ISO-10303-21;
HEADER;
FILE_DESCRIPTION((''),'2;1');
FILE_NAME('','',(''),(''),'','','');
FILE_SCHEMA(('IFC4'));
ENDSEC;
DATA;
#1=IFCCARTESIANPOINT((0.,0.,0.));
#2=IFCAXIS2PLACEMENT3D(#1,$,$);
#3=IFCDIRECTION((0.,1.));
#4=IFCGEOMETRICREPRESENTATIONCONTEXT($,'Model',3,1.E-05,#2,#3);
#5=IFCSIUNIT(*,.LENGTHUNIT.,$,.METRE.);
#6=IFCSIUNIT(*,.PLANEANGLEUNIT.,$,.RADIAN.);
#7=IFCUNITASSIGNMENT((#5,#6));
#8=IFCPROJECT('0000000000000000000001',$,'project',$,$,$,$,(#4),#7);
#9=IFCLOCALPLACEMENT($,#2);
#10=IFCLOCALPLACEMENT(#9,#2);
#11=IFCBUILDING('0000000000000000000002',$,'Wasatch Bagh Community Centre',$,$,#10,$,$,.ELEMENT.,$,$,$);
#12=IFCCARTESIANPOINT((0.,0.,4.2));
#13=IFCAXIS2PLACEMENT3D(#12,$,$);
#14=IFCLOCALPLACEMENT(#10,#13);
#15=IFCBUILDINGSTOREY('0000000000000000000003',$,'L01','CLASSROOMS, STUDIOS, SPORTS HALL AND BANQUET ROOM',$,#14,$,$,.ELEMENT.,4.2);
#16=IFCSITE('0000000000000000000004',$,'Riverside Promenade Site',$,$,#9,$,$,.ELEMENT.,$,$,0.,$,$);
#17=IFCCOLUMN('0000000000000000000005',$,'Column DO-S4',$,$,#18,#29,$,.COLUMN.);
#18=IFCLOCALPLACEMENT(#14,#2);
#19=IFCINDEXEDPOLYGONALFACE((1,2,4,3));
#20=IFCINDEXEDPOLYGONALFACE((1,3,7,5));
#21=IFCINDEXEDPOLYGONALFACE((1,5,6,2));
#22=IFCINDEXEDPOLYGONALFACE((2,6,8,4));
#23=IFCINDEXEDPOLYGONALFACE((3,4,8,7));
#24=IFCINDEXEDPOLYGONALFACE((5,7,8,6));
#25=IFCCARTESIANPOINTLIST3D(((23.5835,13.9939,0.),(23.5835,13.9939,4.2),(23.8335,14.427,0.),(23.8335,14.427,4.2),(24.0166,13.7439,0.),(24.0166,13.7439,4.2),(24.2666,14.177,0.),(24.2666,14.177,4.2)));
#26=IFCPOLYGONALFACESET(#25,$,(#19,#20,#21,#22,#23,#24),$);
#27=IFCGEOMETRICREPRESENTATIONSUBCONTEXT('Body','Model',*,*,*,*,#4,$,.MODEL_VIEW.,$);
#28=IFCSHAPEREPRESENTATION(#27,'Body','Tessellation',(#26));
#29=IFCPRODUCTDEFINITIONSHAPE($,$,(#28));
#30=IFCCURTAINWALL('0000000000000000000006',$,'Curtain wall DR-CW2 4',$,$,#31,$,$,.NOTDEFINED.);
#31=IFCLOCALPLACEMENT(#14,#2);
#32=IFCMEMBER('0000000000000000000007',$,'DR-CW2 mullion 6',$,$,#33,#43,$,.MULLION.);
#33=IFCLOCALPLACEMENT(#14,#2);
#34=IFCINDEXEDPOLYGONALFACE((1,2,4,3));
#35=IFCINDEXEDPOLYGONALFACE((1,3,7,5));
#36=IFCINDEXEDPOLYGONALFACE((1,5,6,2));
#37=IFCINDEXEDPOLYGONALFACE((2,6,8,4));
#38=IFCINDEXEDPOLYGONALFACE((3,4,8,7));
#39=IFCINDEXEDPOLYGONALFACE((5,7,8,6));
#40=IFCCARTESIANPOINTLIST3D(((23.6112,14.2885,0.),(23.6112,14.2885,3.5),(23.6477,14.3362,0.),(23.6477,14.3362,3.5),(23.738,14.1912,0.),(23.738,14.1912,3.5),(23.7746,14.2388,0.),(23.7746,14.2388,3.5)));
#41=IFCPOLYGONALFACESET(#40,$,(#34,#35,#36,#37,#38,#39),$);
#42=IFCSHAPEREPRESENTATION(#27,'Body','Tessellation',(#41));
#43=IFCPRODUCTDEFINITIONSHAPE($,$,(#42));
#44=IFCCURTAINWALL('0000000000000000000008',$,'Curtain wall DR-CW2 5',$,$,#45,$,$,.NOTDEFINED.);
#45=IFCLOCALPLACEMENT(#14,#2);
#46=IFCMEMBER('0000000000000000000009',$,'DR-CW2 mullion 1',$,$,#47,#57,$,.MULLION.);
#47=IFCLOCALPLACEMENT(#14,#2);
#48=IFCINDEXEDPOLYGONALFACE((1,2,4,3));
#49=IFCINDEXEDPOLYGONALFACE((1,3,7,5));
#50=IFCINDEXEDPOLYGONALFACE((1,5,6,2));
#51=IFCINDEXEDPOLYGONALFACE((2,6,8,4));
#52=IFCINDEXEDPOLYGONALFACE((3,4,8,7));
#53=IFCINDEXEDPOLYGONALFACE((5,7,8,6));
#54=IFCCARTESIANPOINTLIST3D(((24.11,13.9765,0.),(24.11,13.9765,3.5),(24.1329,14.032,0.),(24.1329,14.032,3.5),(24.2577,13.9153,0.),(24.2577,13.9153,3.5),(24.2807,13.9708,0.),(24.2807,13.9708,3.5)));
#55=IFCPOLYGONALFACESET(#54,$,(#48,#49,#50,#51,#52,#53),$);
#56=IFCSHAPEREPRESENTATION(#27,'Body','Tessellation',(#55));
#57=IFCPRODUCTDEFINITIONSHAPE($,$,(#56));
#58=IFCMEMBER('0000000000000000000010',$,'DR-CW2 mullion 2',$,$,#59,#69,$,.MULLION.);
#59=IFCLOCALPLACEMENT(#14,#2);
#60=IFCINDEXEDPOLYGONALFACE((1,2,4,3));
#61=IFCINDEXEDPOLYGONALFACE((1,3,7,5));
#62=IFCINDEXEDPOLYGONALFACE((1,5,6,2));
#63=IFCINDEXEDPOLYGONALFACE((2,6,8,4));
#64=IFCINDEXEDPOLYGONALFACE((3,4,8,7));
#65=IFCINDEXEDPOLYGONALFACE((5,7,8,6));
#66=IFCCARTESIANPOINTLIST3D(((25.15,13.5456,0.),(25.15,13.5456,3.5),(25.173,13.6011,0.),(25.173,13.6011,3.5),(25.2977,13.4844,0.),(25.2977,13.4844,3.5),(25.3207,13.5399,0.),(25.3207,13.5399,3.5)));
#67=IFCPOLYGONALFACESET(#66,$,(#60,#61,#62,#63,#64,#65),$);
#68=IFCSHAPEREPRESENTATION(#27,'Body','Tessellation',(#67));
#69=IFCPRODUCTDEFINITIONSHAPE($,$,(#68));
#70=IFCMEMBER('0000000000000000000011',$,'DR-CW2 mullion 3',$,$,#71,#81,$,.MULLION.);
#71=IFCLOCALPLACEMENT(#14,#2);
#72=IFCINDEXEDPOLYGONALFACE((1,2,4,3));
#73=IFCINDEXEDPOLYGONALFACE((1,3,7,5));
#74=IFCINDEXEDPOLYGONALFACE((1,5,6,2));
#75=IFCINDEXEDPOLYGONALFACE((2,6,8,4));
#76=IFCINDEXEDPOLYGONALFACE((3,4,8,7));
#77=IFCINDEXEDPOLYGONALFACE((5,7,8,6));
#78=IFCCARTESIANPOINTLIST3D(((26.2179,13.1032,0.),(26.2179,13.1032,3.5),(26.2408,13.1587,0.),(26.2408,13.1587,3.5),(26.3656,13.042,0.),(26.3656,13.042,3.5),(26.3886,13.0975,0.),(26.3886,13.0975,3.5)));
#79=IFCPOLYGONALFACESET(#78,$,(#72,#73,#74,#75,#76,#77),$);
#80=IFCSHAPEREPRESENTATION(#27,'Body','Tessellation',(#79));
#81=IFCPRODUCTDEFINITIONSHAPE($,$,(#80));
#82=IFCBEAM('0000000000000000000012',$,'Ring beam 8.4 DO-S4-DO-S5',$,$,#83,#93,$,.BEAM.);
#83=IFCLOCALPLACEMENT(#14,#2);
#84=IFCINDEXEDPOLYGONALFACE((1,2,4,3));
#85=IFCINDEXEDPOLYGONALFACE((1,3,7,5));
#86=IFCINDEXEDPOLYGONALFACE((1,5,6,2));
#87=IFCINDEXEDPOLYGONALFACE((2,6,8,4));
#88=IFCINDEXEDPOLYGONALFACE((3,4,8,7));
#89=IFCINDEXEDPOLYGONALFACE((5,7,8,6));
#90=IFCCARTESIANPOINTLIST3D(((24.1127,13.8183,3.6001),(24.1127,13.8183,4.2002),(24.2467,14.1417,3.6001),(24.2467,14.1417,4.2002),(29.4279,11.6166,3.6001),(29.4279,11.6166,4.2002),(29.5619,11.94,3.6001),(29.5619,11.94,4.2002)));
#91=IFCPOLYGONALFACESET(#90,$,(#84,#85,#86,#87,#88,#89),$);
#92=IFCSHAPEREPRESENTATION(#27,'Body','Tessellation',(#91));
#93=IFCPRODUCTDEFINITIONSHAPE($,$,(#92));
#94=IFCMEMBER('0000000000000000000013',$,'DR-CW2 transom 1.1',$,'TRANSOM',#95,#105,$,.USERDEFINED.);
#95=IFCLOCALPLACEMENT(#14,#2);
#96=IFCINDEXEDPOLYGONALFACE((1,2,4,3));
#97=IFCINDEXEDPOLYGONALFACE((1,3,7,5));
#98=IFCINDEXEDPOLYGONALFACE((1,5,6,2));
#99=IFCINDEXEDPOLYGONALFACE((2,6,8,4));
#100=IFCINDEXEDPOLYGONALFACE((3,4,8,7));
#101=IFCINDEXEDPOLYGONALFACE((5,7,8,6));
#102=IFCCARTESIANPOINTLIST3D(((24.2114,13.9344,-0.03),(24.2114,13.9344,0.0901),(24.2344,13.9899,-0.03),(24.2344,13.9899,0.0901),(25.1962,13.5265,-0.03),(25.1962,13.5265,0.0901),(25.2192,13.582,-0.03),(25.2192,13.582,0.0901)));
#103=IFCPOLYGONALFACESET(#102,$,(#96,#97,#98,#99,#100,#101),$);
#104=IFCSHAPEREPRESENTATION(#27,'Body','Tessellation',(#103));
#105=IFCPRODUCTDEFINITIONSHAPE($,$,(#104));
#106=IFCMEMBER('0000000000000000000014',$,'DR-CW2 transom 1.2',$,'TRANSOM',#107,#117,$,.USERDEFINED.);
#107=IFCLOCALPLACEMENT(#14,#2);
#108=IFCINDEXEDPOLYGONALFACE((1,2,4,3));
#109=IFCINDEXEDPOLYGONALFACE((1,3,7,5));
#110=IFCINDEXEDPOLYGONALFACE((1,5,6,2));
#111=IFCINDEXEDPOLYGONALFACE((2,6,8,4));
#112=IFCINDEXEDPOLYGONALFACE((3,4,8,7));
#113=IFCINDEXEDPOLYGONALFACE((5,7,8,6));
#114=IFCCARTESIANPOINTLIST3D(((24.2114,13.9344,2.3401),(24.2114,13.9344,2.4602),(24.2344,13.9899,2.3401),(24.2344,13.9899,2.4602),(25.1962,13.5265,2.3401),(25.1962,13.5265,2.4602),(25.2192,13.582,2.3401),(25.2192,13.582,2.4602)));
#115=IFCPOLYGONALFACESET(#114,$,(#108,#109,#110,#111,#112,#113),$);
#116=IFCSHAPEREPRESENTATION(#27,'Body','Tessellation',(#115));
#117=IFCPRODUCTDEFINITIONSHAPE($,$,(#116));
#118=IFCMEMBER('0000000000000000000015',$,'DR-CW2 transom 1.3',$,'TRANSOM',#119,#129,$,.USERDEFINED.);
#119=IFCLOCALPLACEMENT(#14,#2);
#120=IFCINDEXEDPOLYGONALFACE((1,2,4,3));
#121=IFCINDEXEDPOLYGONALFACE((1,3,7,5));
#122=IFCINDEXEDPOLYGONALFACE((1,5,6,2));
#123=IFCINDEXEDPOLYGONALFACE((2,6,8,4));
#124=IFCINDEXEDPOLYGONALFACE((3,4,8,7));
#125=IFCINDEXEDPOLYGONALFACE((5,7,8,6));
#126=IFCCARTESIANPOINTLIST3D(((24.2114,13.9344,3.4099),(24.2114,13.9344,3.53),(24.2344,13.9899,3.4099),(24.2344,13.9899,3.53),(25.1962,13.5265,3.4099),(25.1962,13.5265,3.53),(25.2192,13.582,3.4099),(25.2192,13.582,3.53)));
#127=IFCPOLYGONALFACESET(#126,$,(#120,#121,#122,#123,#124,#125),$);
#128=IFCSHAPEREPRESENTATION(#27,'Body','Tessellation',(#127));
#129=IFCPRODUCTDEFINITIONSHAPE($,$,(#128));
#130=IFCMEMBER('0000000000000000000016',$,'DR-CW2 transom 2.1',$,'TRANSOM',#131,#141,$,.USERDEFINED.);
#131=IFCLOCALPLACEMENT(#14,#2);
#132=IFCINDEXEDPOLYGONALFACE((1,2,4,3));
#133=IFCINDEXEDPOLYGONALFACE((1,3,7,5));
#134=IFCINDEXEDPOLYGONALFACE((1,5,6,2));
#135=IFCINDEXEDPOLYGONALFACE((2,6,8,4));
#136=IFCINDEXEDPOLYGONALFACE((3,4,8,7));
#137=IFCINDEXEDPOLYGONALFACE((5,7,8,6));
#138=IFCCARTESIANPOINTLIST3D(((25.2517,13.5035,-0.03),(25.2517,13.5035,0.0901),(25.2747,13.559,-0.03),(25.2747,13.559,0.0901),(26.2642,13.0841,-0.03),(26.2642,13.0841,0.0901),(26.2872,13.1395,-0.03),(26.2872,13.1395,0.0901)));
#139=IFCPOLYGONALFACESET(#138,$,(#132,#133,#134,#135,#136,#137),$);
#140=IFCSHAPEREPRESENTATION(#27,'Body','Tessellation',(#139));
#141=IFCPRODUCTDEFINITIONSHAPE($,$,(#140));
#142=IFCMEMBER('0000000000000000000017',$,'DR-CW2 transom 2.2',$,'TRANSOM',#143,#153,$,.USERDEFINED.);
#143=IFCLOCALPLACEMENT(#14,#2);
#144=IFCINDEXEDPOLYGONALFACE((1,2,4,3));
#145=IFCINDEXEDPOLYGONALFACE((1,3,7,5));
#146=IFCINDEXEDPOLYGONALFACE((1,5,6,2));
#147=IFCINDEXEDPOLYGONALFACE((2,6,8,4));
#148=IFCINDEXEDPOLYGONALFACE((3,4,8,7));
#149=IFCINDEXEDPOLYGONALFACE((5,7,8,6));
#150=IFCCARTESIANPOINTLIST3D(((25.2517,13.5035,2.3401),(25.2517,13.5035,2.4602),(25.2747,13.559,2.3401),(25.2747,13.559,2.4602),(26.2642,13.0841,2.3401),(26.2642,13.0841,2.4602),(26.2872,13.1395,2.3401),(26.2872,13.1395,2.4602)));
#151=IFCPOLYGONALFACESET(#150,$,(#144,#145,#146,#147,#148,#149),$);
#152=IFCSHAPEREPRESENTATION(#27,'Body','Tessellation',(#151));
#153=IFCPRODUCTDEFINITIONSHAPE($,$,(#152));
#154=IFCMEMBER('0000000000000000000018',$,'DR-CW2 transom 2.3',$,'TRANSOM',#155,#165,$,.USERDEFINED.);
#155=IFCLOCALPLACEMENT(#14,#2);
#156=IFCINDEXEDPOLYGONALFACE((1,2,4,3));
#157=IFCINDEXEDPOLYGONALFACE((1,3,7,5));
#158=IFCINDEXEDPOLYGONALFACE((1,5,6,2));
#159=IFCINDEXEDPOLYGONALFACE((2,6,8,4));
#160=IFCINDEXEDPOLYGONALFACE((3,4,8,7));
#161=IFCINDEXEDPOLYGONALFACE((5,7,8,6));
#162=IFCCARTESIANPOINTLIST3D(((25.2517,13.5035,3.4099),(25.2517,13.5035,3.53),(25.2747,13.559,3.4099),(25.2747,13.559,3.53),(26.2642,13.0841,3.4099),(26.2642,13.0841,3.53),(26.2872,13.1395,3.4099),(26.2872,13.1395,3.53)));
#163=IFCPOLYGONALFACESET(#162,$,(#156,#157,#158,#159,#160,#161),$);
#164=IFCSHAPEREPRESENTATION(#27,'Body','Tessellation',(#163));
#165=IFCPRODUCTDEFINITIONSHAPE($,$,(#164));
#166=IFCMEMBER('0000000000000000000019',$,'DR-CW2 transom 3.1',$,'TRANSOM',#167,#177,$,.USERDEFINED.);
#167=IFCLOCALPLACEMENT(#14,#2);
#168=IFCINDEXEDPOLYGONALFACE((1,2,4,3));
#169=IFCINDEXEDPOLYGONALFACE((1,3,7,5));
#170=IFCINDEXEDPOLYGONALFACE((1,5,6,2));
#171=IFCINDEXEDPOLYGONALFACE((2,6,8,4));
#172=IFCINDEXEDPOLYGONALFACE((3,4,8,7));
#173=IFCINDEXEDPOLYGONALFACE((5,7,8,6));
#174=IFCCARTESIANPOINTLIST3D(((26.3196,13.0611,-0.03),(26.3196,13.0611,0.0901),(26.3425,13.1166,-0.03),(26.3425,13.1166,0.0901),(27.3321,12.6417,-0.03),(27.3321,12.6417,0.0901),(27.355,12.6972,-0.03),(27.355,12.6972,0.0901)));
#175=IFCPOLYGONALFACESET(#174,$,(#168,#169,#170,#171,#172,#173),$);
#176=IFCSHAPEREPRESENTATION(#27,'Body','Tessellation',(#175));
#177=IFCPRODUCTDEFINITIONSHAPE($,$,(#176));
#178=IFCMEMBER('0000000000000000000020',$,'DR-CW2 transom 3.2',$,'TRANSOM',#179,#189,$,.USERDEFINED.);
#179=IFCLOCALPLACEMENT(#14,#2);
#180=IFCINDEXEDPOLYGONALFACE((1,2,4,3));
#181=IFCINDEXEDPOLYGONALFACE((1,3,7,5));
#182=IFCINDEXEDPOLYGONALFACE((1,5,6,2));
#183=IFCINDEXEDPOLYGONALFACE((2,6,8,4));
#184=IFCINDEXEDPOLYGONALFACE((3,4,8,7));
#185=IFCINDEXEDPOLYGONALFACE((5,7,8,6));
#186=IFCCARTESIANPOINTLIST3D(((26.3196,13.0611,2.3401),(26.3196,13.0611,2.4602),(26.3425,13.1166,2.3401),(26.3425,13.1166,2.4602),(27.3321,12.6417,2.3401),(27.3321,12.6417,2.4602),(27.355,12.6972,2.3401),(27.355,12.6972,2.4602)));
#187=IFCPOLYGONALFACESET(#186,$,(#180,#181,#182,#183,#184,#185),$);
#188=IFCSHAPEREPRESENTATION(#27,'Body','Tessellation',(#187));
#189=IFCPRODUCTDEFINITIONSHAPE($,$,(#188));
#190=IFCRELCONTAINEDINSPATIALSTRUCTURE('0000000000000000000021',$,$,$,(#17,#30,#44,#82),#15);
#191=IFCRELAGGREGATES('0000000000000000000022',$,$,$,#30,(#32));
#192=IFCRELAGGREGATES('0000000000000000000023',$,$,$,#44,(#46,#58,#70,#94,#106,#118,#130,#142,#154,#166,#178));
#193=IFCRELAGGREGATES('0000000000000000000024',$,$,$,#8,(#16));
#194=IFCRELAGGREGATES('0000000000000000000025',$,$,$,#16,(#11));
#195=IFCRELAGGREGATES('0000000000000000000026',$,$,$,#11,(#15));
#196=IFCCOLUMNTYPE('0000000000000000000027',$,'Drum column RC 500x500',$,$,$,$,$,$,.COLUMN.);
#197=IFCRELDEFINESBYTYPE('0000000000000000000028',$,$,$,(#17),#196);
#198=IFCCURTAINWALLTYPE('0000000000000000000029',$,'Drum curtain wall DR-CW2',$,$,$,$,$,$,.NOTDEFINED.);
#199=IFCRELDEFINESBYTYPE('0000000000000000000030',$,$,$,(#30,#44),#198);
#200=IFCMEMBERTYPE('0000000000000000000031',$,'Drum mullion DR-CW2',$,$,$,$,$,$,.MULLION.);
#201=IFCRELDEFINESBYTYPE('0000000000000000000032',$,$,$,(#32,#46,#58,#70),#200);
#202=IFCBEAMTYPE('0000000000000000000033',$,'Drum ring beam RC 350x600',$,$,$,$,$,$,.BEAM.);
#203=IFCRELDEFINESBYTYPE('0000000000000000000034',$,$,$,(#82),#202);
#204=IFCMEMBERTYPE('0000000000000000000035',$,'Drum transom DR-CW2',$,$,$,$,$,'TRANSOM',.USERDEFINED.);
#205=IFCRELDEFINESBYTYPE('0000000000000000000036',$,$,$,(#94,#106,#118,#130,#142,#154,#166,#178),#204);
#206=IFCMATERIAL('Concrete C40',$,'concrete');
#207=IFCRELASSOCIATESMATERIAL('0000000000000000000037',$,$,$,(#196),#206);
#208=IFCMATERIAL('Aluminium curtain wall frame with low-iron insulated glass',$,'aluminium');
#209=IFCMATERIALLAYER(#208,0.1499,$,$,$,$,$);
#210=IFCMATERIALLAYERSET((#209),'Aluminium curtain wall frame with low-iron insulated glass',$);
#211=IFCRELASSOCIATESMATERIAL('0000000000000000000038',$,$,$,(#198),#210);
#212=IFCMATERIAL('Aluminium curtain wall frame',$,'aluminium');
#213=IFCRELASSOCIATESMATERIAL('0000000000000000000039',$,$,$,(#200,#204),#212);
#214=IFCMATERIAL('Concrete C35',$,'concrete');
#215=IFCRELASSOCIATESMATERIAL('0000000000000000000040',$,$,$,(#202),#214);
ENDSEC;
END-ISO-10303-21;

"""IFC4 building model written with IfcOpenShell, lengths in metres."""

from ifc_helpers import new_model, si_unit, direction, frame, origin, origin_2d, place, context, subcontext, project, spatial, rectangle, extrude, material, layer, layer_set, material_profile, profile_set, type_object, element, aggregate, save


model = new_model("IFC4")

# Units and contexts
model_context = context("Model", 3, precision=1e-05, world=origin(), true_north=direction((0.0, 1.0)))
body_context = subcontext(model_context, "Body", "Model", "MODEL_VIEW")
ifc_project = project(units=[si_unit("LENGTHUNIT", "METRE"), si_unit("PLANEANGLEUNIT", "RADIAN")], contexts=[model_context])

# Site, building, storey
site_placement = place(None, origin())
site = spatial("IfcSite", under=ifc_project, at=site_placement, Name="Riverside Promenade Site", CompositionType="ELEMENT", RefElevation=0.0)
building_placement = place(site_placement, origin())
building = spatial("IfcBuilding", under=site, at=building_placement, Name="Wasatch Bagh Community Centre", CompositionType="ELEMENT")
storey_placement = place(building_placement, frame((0.0, 0.0, 4.2)))
storey = spatial("IfcBuildingStorey", under=building, at=storey_placement, Name="L01", Description="CLASSROOMS, STUDIOS, SPORTS HALL AND BANQUET ROOM", CompositionType="ELEMENT", Elevation=4.2)

# Column
ifc_material_1 = material(Name="Concrete C40", Category="concrete")
ifc_material_profile_1 = material_profile(ifc_material_1, rectangle(XDim=0.5, YDim=0.5, at=origin_2d()), Name="RC 500x500")
ifc_profile_set_1 = profile_set([ifc_material_profile_1], Name="Concrete C40")
column_type = type_object("IfcColumnType", Name="Drum column RC 500x500", PredefinedType="COLUMN", material=ifc_profile_set_1)
column_placement = place(storey_placement, frame((23.925, 14.0854, 0.0), z_axis=(0.0, 0.0, 1.0), x_axis=(0.5, 0.866025, 0.0)))
element("IfcColumn", 1, at=column_placement, inside=storey, type_object=column_type, Name="Column DO-S4", PredefinedType="COLUMN", context=body_context, shape_type="SweptSolid", body=[
    extrude(rectangle(XDim=0.5, YDim=0.5, at=origin_2d()), origin(), (0.0, 0.0, 1.0), 4.2),
])

# Curtain wall, member
ifc_material_2 = material(Name="Aluminium curtain wall frame with low-iron insulated glass", Category="aluminium")
ifc_layer_1 = layer(ifc_material_2, 0.1499)
ifc_layer_set_1 = layer_set([ifc_layer_1], Name="Aluminium curtain wall frame with low-iron insulated glass")
curtain_wall_type = type_object("IfcCurtainWallType", Name="Drum curtain wall DR-CW2", PredefinedType="NOTDEFINED", material=ifc_layer_set_1)
curtain_wall_1_placement = place(storey_placement, origin())
curtain_wall_1 = element("IfcCurtainWall", 2, at=curtain_wall_1_placement, inside=storey, type_object=curtain_wall_type, Name="Curtain wall DR-CW2 4", PredefinedType="NOTDEFINED")
ifc_material_3 = material(Name="Aluminium curtain wall frame", Category="aluminium")
ifc_material_profile_2 = material_profile(ifc_material_3, rectangle(XDim=0.0601, YDim=0.1599, at=origin_2d()), Name="Drum mullion DR-CW2")
ifc_profile_set_2 = profile_set([ifc_material_profile_2], Name="Aluminium curtain wall frame")
member_type_1 = type_object("IfcMemberType", Name="Drum mullion DR-CW2", PredefinedType="MULLION", material=ifc_profile_set_2)
member_1_placement = place(storey_placement, frame((23.6929, 14.2637, 0.0), z_axis=(0.0, 0.0, 1.0), x_axis=(0.608761, 0.793353, 0.0)))
member_1 = element("IfcMember", 3, at=member_1_placement, type_object=member_type_1, Name="DR-CW2 mullion 6", PredefinedType="MULLION", context=body_context, shape_type="SweptSolid", body=[
    extrude(rectangle(XDim=0.0601, YDim=0.1599, at=origin_2d()), origin(), (0.0, 0.0, 1.0), 3.5),
])

# Curtain wall, members
curtain_wall_2_placement = place(storey_placement, origin())
curtain_wall_2 = element("IfcCurtainWall", 4, at=curtain_wall_2_placement, inside=storey, type_object=curtain_wall_type, Name="Curtain wall DR-CW2 5", PredefinedType="NOTDEFINED")
member_2_placement = place(storey_placement, frame((24.1953, 13.9736, 0.0), z_axis=(0.0, 0.0, 1.0), x_axis=(0.382683, 0.92388, 0.0)))
member_2 = element("IfcMember", 5, at=member_2_placement, type_object=member_type_1, Name="DR-CW2 mullion 1", PredefinedType="MULLION", context=body_context, shape_type="SweptSolid", body=[
    extrude(rectangle(XDim=0.0601, YDim=0.1599, at=origin_2d()), origin(), (0.0, 0.0, 1.0), 3.5),
])
member_3_placement = place(storey_placement, frame((25.2354, 13.5427, 0.0), z_axis=(0.0, 0.0, 1.0), x_axis=(0.382683, 0.92388, 0.0)))
member_3 = element("IfcMember", 6, at=member_3_placement, type_object=member_type_1, Name="DR-CW2 mullion 2", PredefinedType="MULLION", context=body_context, shape_type="SweptSolid", body=[
    extrude(rectangle(XDim=0.0601, YDim=0.1599, at=origin_2d()), origin(), (0.0, 0.0, 1.0), 3.5),
])
member_4_placement = place(storey_placement, frame((26.3032, 13.1003, 0.0), z_axis=(0.0, 0.0, 1.0), x_axis=(0.382683, 0.92388, 0.0)))
member_4 = element("IfcMember", 7, at=member_4_placement, type_object=member_type_1, Name="DR-CW2 mullion 3", PredefinedType="MULLION", context=body_context, shape_type="SweptSolid", body=[
    extrude(rectangle(XDim=0.0601, YDim=0.1599, at=origin_2d()), origin(), (0.0, 0.0, 1.0), 3.5),
])

# Beam
ifc_material_4 = material(Name="Concrete C35", Category="concrete")
ifc_material_profile_3 = material_profile(ifc_material_4, rectangle(XDim=0.3501, YDim=0.6001, at=origin_2d()), Name="RC 350x600")
ifc_profile_set_3 = profile_set([ifc_material_profile_3], Name="Concrete C35")
beam_type = type_object("IfcBeamType", Name="Drum ring beam RC 350x600", PredefinedType="BEAM", material=ifc_profile_set_3)
beam_placement = place(storey_placement, frame((24.1797, 13.98, 3.9001), z_axis=(0.923877, -0.382689, 0.0), x_axis=(0.382689, 0.923877, 0.0)))
element("IfcBeam", 8, at=beam_placement, inside=storey, type_object=beam_type, Name="Ring beam 8.4 DO-S4-DO-S5", PredefinedType="BEAM", context=body_context, shape_type="SweptSolid", body=[
    extrude(rectangle(XDim=0.3501, YDim=0.6001, at=origin_2d()), origin(), (0.0, 0.0, 1.0), 5.7532),
])

# Members
ifc_material_profile_4 = material_profile(ifc_material_3, rectangle(XDim=0.0601, YDim=0.1201, at=origin_2d()), Name="Drum transom DR-CW2")
ifc_profile_set_4 = profile_set([ifc_material_profile_4], Name="Aluminium curtain wall frame")
member_type_2 = type_object("IfcMemberType", Name="Drum transom DR-CW2", ElementType="TRANSOM", PredefinedType="USERDEFINED", material=ifc_profile_set_4)
member_5_placement = place(storey_placement, frame((24.2229, 13.9622, 0.03), z_axis=(0.923874, -0.382696, 0.0), x_axis=(0.382696, 0.923874, 0.0)))
member_5 = element("IfcMember", 9, at=member_5_placement, type_object=member_type_2, Name="DR-CW2 transom 1.1", ObjectType="TRANSOM", PredefinedType="USERDEFINED", context=body_context, shape_type="SweptSolid", body=[
    extrude(rectangle(XDim=0.0601, YDim=0.1201, at=origin_2d()), origin(), (0.0, 0.0, 1.0), 1.0659),
])
member_6_placement = place(storey_placement, frame((24.2229, 13.9622, 2.4001), z_axis=(0.923874, -0.382696, 0.0), x_axis=(0.382696, 0.923874, 0.0)))
member_6 = element("IfcMember", 10, at=member_6_placement, type_object=member_type_2, Name="DR-CW2 transom 1.2", ObjectType="TRANSOM", PredefinedType="USERDEFINED", context=body_context, shape_type="SweptSolid", body=[
    extrude(rectangle(XDim=0.0601, YDim=0.1201, at=origin_2d()), origin(), (0.0, 0.0, 1.0), 1.0659),
])
member_7_placement = place(storey_placement, frame((24.2229, 13.9622, 3.47), z_axis=(0.923874, -0.382696, 0.0), x_axis=(0.382696, 0.923874, 0.0)))
member_7 = element("IfcMember", 11, at=member_7_placement, type_object=member_type_2, Name="DR-CW2 transom 1.3", ObjectType="TRANSOM", PredefinedType="USERDEFINED", context=body_context, shape_type="SweptSolid", body=[
    extrude(rectangle(XDim=0.0601, YDim=0.1201, at=origin_2d()), origin(), (0.0, 0.0, 1.0), 1.0659),
])
member_8_placement = place(storey_placement, frame((25.2632, 13.5312, 0.03), z_axis=(0.923859, -0.382732, 0.0), x_axis=(0.382732, 0.923859, 0.0)))
member_8 = element("IfcMember", 12, at=member_8_placement, type_object=member_type_2, Name="DR-CW2 transom 2.1", ObjectType="TRANSOM", PredefinedType="USERDEFINED", context=body_context, shape_type="SweptSolid", body=[
    extrude(rectangle(XDim=0.0601, YDim=0.1201, at=origin_2d()), origin(), (0.0, 0.0, 1.0), 1.0959),
])
member_9_placement = place(storey_placement, frame((25.2632, 13.5312, 2.4001), z_axis=(0.923859, -0.382732, 0.0), x_axis=(0.382732, 0.923859, 0.0)))
member_9 = element("IfcMember", 13, at=member_9_placement, type_object=member_type_2, Name="DR-CW2 transom 2.2", ObjectType="TRANSOM", PredefinedType="USERDEFINED", context=body_context, shape_type="SweptSolid", body=[
    extrude(rectangle(XDim=0.0601, YDim=0.1201, at=origin_2d()), origin(), (0.0, 0.0, 1.0), 1.0959),
])
member_10_placement = place(storey_placement, frame((25.2632, 13.5312, 3.47), z_axis=(0.923859, -0.382732, 0.0), x_axis=(0.382732, 0.923859, 0.0)))
member_10 = element("IfcMember", 14, at=member_10_placement, type_object=member_type_2, Name="DR-CW2 transom 2.3", ObjectType="TRANSOM", PredefinedType="USERDEFINED", context=body_context, shape_type="SweptSolid", body=[
    extrude(rectangle(XDim=0.0601, YDim=0.1201, at=origin_2d()), origin(), (0.0, 0.0, 1.0), 1.0959),
])
member_11_placement = place(storey_placement, frame((26.3311, 13.0889, 0.03), z_axis=(0.923859, -0.382732, 0.0), x_axis=(0.382732, 0.923859, 0.0)))
member_11 = element("IfcMember", 15, at=member_11_placement, type_object=member_type_2, Name="DR-CW2 transom 3.1", ObjectType="TRANSOM", PredefinedType="USERDEFINED", context=body_context, shape_type="SweptSolid", body=[
    extrude(rectangle(XDim=0.0601, YDim=0.1201, at=origin_2d()), origin(), (0.0, 0.0, 1.0), 1.0959),
])
member_12_placement = place(storey_placement, frame((26.3311, 13.0889, 2.4001), z_axis=(0.923859, -0.382732, 0.0), x_axis=(0.382732, 0.923859, 0.0)))
member_12 = element("IfcMember", 16, at=member_12_placement, type_object=member_type_2, Name="DR-CW2 transom 3.2", ObjectType="TRANSOM", PredefinedType="USERDEFINED", context=body_context, shape_type="SweptSolid", body=[
    extrude(rectangle(XDim=0.0601, YDim=0.1201, at=origin_2d()), origin(), (0.0, 0.0, 1.0), 1.0959),
])

aggregate(curtain_wall_1, [member_1])
aggregate(curtain_wall_2, [member_2, member_3, member_4, member_5, member_6, member_7, member_8, member_9, member_10, member_11, member_12])

save(model, "model.ifc")
